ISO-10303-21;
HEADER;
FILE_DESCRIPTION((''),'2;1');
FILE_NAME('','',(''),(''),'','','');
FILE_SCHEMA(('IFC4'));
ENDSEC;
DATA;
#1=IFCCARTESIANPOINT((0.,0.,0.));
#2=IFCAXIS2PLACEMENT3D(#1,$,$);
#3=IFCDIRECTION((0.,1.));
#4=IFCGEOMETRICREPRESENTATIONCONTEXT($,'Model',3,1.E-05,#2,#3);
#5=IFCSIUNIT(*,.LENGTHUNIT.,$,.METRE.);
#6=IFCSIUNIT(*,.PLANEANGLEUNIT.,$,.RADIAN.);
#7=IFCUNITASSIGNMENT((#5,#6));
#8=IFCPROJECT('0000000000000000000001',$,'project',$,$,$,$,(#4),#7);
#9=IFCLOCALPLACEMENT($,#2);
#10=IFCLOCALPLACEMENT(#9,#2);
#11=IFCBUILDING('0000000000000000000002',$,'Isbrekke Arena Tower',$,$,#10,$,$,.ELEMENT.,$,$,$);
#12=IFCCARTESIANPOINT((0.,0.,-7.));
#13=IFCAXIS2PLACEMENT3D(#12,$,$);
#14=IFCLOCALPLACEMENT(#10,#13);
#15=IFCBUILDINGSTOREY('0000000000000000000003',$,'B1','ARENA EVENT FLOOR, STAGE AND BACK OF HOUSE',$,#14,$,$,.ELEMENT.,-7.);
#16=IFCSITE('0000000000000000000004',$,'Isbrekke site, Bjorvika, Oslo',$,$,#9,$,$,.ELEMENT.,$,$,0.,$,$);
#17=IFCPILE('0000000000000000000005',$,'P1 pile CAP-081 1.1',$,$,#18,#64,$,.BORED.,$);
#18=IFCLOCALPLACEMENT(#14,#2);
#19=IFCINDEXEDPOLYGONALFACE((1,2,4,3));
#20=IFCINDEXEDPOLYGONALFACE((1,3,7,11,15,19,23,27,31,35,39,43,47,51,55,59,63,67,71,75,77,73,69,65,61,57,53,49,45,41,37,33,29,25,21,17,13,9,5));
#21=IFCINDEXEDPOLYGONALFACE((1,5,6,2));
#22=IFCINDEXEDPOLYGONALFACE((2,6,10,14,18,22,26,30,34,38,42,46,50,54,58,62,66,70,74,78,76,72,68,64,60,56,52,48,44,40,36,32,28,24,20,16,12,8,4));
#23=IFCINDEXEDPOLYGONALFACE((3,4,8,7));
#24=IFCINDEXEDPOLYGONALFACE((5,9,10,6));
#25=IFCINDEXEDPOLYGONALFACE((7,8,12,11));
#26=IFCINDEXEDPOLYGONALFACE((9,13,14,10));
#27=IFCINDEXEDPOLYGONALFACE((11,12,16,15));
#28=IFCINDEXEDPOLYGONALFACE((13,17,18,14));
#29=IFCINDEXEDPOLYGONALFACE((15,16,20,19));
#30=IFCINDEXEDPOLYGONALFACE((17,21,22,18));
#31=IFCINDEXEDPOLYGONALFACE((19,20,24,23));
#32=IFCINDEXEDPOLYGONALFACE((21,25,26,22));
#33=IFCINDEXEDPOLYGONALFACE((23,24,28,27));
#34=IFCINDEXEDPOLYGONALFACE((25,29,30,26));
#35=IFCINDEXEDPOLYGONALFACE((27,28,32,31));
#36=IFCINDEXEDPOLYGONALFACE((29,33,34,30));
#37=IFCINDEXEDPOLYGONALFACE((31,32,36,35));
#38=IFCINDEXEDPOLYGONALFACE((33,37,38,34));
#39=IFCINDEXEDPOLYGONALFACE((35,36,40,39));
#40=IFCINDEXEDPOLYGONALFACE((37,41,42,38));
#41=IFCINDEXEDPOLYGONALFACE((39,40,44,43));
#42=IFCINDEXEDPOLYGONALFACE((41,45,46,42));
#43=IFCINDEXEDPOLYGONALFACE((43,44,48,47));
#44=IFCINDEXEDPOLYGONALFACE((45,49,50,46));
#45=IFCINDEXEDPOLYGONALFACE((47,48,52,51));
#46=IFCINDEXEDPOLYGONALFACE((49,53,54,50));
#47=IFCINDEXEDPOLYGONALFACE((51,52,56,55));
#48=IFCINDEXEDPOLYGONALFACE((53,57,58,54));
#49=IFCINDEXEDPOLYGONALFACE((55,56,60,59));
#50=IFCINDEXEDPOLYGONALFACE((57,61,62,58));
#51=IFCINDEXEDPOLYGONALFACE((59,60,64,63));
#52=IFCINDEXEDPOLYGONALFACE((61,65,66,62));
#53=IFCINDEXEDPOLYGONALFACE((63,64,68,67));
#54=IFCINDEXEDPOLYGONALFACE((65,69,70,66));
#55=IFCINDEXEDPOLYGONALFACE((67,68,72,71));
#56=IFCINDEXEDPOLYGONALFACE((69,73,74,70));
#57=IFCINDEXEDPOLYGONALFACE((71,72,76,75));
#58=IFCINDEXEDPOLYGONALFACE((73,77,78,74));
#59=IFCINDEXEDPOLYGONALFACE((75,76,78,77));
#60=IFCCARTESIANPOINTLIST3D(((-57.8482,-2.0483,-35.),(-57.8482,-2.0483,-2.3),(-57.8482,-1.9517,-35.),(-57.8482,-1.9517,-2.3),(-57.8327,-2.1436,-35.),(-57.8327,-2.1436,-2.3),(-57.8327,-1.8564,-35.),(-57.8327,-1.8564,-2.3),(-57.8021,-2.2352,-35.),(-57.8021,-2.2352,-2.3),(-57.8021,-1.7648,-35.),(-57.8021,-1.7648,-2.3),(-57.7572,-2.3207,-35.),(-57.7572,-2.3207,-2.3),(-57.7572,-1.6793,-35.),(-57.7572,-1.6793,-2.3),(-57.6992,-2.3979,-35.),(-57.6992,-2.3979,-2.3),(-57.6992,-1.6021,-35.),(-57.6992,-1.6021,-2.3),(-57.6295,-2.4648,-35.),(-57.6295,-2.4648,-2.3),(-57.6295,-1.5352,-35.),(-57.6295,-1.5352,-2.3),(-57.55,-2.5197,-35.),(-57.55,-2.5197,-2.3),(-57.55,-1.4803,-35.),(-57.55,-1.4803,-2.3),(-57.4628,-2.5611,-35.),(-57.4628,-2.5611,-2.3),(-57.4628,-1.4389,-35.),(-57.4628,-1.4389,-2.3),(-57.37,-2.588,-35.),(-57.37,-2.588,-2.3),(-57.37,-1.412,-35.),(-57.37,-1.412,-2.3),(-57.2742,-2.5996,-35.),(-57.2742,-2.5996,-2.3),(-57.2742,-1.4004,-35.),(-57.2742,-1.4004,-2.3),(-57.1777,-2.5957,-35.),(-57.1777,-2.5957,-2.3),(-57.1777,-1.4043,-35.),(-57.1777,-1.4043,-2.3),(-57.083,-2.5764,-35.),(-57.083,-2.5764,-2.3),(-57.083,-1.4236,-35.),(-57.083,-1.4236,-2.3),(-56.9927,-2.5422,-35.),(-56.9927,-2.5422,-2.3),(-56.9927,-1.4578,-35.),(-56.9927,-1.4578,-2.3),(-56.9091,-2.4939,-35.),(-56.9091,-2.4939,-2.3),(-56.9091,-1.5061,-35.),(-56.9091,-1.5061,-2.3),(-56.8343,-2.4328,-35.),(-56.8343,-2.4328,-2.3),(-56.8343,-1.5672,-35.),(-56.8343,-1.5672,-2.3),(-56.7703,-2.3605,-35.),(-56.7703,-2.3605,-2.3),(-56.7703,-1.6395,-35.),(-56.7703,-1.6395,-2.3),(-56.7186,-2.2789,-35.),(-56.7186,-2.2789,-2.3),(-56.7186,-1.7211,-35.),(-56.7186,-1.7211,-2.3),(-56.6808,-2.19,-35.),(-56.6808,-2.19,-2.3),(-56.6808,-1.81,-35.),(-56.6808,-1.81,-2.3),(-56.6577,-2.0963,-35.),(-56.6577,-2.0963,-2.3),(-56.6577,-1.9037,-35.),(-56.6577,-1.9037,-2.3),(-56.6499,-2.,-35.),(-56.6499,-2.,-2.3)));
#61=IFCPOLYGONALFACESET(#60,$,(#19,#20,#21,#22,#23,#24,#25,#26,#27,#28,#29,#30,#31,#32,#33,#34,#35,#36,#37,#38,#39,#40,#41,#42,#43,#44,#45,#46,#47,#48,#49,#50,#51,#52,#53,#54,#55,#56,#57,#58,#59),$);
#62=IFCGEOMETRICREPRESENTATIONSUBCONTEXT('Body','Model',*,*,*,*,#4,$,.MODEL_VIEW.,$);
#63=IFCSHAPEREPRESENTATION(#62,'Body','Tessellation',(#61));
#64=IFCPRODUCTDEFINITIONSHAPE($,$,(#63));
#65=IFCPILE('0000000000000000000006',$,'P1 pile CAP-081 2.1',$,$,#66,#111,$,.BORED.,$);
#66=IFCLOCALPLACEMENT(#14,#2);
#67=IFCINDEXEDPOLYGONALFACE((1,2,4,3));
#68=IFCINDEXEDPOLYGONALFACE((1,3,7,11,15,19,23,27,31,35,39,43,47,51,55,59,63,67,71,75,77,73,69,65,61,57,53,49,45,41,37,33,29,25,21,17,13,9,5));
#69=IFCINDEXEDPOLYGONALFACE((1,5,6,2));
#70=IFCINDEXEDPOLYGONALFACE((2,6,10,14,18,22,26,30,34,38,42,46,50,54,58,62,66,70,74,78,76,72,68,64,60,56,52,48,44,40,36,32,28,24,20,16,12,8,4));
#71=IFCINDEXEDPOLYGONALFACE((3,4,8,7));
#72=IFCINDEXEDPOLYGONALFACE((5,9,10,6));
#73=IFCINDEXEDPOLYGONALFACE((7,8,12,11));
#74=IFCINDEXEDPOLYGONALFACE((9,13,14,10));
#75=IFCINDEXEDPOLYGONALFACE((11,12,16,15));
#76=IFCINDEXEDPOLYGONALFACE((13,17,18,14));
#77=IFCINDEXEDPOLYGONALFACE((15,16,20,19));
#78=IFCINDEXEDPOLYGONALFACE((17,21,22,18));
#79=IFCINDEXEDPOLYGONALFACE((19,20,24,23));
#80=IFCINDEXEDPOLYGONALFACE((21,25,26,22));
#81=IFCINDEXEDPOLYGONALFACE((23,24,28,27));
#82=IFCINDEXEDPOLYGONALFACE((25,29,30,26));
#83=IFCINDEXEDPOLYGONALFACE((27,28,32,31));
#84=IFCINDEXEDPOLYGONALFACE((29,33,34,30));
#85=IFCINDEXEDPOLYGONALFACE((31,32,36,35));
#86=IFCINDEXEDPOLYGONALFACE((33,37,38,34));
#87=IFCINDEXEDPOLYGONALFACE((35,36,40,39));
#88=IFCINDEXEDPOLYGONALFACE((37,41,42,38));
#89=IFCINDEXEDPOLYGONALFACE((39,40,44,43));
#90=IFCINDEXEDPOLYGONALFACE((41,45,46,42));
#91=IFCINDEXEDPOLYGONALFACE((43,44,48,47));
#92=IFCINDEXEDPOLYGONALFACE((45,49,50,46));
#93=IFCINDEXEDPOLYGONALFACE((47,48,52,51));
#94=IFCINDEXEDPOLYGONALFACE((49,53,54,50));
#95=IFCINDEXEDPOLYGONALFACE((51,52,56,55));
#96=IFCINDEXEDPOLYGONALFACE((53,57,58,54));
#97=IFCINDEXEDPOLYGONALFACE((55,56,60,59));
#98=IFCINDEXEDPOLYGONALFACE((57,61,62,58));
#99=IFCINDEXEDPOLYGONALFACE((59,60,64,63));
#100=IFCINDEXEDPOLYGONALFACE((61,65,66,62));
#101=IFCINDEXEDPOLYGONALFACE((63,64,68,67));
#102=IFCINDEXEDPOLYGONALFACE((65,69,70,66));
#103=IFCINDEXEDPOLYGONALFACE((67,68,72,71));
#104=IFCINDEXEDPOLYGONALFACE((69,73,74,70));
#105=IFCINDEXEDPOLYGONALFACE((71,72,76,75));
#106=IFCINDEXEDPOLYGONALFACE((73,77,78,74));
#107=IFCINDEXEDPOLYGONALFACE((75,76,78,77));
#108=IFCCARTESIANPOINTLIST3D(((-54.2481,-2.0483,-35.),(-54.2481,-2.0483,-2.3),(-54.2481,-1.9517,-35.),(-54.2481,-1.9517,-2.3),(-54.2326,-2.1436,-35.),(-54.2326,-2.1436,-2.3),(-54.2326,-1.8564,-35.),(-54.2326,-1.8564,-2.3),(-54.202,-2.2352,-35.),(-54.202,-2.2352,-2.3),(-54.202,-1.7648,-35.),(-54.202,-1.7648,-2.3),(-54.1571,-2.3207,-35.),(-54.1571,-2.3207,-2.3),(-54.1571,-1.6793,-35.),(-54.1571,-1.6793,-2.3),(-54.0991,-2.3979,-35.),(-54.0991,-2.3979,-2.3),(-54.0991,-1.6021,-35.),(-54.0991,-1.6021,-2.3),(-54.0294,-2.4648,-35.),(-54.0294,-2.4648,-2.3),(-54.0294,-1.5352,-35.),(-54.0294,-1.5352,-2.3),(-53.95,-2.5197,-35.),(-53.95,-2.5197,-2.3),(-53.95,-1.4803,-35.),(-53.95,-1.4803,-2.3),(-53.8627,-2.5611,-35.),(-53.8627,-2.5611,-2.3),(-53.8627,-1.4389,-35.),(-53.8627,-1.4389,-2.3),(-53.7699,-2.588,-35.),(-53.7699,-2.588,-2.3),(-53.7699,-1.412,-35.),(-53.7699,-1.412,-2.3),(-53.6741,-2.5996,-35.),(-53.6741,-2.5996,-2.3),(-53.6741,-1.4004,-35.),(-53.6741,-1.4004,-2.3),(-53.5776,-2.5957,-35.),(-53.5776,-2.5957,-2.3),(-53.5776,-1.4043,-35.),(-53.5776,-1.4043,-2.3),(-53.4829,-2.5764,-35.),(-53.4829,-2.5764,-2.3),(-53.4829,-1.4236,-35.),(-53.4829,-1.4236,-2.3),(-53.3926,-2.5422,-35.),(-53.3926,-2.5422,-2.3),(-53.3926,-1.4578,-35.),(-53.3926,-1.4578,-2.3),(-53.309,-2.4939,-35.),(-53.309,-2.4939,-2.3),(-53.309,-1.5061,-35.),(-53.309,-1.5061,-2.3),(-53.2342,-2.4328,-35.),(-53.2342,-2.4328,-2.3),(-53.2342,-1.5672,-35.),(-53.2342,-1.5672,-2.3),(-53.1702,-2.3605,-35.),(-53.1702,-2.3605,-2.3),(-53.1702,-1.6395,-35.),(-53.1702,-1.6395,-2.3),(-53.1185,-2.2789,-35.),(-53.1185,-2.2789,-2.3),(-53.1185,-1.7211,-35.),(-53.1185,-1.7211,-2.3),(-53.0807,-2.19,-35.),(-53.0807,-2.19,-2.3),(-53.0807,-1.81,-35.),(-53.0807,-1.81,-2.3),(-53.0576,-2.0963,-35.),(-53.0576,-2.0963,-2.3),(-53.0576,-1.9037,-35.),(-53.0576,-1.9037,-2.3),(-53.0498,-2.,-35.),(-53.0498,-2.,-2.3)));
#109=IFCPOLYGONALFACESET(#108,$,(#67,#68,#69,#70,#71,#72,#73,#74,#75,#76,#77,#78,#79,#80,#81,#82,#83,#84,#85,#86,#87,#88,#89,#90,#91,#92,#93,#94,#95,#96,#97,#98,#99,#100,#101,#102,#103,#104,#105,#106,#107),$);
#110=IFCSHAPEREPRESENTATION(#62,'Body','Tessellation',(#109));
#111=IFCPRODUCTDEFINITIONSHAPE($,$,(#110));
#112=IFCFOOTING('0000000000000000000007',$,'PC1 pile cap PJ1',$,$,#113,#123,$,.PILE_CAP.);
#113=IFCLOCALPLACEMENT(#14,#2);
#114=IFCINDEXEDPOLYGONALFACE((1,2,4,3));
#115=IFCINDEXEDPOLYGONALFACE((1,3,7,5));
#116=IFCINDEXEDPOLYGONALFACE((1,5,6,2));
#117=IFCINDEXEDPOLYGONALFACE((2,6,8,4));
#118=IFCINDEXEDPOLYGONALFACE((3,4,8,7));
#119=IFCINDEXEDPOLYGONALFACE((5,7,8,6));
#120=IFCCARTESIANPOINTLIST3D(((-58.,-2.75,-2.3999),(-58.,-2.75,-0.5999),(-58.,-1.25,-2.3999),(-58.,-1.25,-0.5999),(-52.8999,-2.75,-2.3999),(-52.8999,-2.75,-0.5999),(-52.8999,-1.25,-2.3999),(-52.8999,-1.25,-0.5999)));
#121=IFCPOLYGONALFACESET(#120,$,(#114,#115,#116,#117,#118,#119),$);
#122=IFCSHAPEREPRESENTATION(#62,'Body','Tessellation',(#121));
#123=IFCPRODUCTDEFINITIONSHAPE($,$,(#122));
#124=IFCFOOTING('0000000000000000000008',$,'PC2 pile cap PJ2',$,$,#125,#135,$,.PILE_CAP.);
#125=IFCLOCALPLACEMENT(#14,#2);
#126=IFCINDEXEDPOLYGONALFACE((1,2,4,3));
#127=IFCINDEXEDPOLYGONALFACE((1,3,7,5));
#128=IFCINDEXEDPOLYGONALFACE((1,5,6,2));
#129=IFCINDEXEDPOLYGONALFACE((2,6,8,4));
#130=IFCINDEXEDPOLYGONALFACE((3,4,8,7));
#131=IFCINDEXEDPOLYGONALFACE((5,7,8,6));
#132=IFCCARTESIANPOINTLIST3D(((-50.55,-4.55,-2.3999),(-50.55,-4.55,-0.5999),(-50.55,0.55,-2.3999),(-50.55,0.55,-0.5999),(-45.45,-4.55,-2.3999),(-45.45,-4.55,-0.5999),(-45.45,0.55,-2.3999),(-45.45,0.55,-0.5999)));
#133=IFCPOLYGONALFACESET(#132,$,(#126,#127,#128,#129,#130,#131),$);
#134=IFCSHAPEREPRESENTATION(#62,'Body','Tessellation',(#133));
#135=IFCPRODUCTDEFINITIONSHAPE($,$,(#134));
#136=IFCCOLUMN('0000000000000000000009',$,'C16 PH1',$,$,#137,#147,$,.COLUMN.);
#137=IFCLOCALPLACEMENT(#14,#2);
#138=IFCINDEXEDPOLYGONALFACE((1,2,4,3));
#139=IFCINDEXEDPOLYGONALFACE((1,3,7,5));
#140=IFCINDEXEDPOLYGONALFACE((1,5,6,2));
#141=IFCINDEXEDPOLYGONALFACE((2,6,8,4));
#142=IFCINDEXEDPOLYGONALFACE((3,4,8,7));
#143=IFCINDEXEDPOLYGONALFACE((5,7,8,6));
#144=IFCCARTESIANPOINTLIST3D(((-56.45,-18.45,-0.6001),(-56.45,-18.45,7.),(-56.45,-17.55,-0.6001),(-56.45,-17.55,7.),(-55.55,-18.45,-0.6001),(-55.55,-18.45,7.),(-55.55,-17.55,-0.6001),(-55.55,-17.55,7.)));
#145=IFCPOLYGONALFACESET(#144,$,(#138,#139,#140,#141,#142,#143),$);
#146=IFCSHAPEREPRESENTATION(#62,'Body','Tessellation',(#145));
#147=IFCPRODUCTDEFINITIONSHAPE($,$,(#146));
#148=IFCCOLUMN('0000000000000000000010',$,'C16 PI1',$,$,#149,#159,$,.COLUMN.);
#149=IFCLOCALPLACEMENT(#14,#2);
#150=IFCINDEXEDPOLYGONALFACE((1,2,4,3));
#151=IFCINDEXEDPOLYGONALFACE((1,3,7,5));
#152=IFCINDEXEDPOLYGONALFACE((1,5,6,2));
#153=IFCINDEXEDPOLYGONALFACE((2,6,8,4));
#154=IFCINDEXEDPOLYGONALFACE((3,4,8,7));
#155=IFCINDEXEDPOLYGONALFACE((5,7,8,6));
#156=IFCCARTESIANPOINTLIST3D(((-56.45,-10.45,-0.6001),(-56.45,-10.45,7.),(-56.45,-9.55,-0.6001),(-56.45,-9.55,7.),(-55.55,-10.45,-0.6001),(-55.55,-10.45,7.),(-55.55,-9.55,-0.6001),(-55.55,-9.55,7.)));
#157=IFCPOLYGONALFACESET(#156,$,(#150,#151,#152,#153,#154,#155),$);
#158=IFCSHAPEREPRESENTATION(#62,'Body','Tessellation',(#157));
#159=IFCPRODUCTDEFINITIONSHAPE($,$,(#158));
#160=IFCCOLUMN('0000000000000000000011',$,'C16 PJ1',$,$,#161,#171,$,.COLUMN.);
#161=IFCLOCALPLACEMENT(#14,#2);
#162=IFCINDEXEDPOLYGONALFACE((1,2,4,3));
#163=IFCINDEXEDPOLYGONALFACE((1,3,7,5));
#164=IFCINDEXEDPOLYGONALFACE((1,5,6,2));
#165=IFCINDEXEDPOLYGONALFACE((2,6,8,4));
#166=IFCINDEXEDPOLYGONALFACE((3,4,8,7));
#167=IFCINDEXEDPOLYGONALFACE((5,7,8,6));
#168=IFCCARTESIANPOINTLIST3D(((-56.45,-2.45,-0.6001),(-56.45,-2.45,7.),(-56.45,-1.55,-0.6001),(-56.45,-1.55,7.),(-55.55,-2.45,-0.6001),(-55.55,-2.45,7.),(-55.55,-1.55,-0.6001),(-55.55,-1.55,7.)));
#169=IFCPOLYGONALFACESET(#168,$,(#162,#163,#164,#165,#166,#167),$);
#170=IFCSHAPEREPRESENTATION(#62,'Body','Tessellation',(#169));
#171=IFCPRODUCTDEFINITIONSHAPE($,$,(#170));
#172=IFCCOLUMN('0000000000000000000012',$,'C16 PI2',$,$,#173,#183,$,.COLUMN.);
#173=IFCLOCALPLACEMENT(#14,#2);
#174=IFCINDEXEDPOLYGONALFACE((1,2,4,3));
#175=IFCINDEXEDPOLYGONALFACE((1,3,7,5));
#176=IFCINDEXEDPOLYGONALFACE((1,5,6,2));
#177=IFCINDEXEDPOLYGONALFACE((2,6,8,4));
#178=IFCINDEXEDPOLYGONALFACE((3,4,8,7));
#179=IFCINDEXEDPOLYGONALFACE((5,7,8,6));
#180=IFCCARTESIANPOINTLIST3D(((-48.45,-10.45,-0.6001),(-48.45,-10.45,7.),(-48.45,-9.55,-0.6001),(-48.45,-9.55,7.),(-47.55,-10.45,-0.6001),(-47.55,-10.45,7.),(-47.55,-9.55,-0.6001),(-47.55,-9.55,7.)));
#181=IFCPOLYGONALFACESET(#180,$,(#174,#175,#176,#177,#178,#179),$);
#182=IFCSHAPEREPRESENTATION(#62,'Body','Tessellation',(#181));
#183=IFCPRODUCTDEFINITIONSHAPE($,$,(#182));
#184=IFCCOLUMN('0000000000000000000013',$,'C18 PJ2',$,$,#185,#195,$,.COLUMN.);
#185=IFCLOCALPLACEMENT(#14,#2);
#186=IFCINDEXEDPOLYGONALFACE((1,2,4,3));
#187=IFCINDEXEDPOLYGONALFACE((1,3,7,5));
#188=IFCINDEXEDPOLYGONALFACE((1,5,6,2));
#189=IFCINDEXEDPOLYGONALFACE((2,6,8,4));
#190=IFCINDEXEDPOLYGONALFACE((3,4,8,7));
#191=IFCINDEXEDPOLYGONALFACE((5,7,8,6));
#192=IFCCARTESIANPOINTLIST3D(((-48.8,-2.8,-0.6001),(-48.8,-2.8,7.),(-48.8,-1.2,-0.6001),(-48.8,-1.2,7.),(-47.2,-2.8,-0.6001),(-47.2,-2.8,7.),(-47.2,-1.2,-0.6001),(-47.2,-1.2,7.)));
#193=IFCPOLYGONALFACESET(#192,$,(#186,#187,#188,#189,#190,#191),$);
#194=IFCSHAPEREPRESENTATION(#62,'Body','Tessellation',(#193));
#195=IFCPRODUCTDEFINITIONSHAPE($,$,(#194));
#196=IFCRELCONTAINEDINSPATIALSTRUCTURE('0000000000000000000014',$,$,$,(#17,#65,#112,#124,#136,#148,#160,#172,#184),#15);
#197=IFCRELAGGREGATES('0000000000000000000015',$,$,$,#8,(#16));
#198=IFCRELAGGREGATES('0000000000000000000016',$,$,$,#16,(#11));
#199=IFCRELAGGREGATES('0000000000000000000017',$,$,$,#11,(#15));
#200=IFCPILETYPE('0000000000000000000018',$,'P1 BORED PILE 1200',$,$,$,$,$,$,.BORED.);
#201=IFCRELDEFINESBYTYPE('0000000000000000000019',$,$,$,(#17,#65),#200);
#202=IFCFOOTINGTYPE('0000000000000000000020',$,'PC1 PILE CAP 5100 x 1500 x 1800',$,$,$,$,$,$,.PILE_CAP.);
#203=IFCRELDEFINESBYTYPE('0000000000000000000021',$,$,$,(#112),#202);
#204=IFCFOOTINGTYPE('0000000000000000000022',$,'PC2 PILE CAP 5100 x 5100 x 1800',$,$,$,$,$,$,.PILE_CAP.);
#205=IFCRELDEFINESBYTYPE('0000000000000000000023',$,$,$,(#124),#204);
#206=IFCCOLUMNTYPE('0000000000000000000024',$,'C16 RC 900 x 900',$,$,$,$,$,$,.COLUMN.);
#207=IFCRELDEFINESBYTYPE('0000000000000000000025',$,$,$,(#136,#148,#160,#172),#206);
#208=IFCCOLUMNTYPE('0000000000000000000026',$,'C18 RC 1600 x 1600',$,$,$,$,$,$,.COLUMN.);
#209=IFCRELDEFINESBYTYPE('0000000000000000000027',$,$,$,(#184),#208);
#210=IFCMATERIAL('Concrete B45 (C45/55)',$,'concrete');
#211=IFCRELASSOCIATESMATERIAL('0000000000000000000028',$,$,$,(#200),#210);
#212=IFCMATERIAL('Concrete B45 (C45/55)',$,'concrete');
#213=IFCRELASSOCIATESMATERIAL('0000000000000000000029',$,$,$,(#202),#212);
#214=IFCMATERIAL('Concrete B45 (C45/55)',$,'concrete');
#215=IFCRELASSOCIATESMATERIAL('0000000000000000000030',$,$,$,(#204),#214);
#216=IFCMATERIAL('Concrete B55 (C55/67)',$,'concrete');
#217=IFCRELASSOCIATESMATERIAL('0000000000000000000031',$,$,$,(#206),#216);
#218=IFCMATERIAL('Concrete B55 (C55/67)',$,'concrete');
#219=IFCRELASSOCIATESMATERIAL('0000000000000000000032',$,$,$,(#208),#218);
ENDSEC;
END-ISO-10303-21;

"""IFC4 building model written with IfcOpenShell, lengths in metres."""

from ifc_helpers import new_model, si_unit, direction, frame, origin, origin_2d, place, context, subcontext, project, spatial, rectangle, circle, extrude, material, material_profile, profile_set, type_object, element, save


model = new_model("IFC4")

# Units and contexts
model_context = context("Model", 3, precision=1e-05, world=origin(), true_north=direction((0.0, 1.0)))
body_context = subcontext(model_context, "Body", "Model", "MODEL_VIEW")
ifc_project = project(units=[si_unit("LENGTHUNIT", "METRE"), si_unit("PLANEANGLEUNIT", "RADIAN")], contexts=[model_context])

# Site, building, storey
site_placement = place(None, origin())
site = spatial("IfcSite", under=ifc_project, at=site_placement, Name="Isbrekke site, Bjorvika, Oslo", CompositionType="ELEMENT", RefElevation=0.0)
building_placement = place(site_placement, origin())
building = spatial("IfcBuilding", under=site, at=building_placement, Name="Isbrekke Arena Tower", CompositionType="ELEMENT")
storey_placement = place(building_placement, frame((0.0, 0.0, -7.0)))
storey = spatial("IfcBuildingStorey", under=building, at=storey_placement, Name="B1", Description="ARENA EVENT FLOOR, STAGE AND BACK OF HOUSE", CompositionType="ELEMENT", Elevation=-7.0)

# Piles
ifc_material_1 = material(Name="Concrete B45 (C45/55)", Category="concrete")
ifc_material_profile_1 = material_profile(ifc_material_1, circle(Radius=0.6001, at=origin_2d()), Name="BORED PILE D1200")
ifc_profile_set_1 = profile_set([ifc_material_profile_1], Name="Concrete B45 (C45/55)")
pile_type = type_object("IfcPileType", Name="P1 BORED PILE 1200", PredefinedType="BORED", material=ifc_profile_set_1)
for number, where, z_axis, x_axis, name in (
    (1, (-57.25, -2.0, -2.3), (0.0, 0.0, -1.0), (1.0, 0.0, 0.0), "P1 pile CAP-081 1.1"),
    (2, (-53.6499, -2.0, -2.3), (0.0, 0.0, -1.0), (1.0, 0.0, 0.0), "P1 pile CAP-081 2.1"),
):
    element("IfcPile", number, at=place(storey_placement, frame(where, z_axis=z_axis, x_axis=x_axis)), inside=storey, type_object=pile_type, Name=name, PredefinedType="BORED", context=body_context, shape_type="SweptSolid", body=[
        extrude(circle(Radius=0.6001, at=origin_2d()), origin(), (0.0, 0.0, 1.0), 32.7),
    ])

# Footings
ifc_material_2 = material(Name="Concrete B45 (C45/55)", Category="concrete")
footing_type_1 = type_object("IfcFootingType", Name="PC1 PILE CAP 5100 x 1500 x 1800", PredefinedType="PILE_CAP", material=ifc_material_2)
footing_1_placement = place(storey_placement, frame((-55.45, -2.0, -2.3999), z_axis=(0.0, 0.0, 1.0), x_axis=(1.0, 0.0, 0.0)))
element("IfcFooting", 3, at=footing_1_placement, inside=storey, type_object=footing_type_1, Name="PC1 pile cap PJ1", PredefinedType="PILE_CAP", context=body_context, shape_type="SweptSolid", body=[
    extrude(rectangle(XDim=5.1001, YDim=1.5, at=origin_2d()), origin(), (0.0, 0.0, 1.0), 1.8),
])
ifc_material_3 = material(Name="Concrete B45 (C45/55)", Category="concrete")
footing_type_2 = type_object("IfcFootingType", Name="PC2 PILE CAP 5100 x 5100 x 1800", PredefinedType="PILE_CAP", material=ifc_material_3)
footing_2_placement = place(storey_placement, frame((-48.0, -2.0, -2.3999), z_axis=(0.0, 0.0, 1.0), x_axis=(1.0, 0.0, 0.0)))
element("IfcFooting", 4, at=footing_2_placement, inside=storey, type_object=footing_type_2, Name="PC2 pile cap PJ2", PredefinedType="PILE_CAP", context=body_context, shape_type="SweptSolid", body=[
    extrude(rectangle(XDim=5.1001, YDim=5.1001, at=origin_2d()), origin(), (0.0, 0.0, 1.0), 1.8),
])

# Columns
ifc_material_4 = material(Name="Concrete B55 (C55/67)", Category="concrete")
ifc_material_profile_2 = material_profile(ifc_material_4, rectangle(XDim=0.8999, YDim=0.8999, at=origin_2d()), Name="RC 900x900")
ifc_profile_set_2 = profile_set([ifc_material_profile_2], Name="Concrete B55 (C55/67)")
column_type_1 = type_object("IfcColumnType", Name="C16 RC 900 x 900", PredefinedType="COLUMN", material=ifc_profile_set_2)
for number, where, z_axis, x_axis, name in (
    (5, (-56.0, -18.0, -0.6001), (0.0, 0.0, 1.0), (1.0, 0.0, 0.0), "C16 PH1"),
    (6, (-56.0, -10.0, -0.6001), (0.0, 0.0, 1.0), (1.0, 0.0, 0.0), "C16 PI1"),
    (7, (-56.0, -2.0, -0.6001), (0.0, 0.0, 1.0), (1.0, 0.0, 0.0), "C16 PJ1"),
    (8, (-48.0, -10.0, -0.6001), (0.0, 0.0, 1.0), (1.0, 0.0, 0.0), "C16 PI2"),
):
    element("IfcColumn", number, at=place(storey_placement, frame(where, z_axis=z_axis, x_axis=x_axis)), inside=storey, type_object=column_type_1, Name=name, PredefinedType="COLUMN", context=body_context, shape_type="SweptSolid", body=[
        extrude(rectangle(XDim=0.8999, YDim=0.8999, at=origin_2d()), origin(), (0.0, 0.0, 1.0), 7.6001),
    ])
ifc_material_5 = material(Name="Concrete B55 (C55/67)", Category="concrete")
ifc_material_profile_3 = material_profile(ifc_material_5, rectangle(XDim=1.6001, YDim=1.6001, at=origin_2d()), Name="RC 1600x1600")
ifc_profile_set_3 = profile_set([ifc_material_profile_3], Name="Concrete B55 (C55/67)")
column_type_2 = type_object("IfcColumnType", Name="C18 RC 1600 x 1600", PredefinedType="COLUMN", material=ifc_profile_set_3)
column_1_placement = place(storey_placement, frame((-48.0, -2.0, -0.6001), z_axis=(0.0, 0.0, 1.0), x_axis=(1.0, 0.0, 0.0)))
element("IfcColumn", 9, at=column_1_placement, inside=storey, type_object=column_type_2, Name="C18 PJ2", PredefinedType="COLUMN", context=body_context, shape_type="SweptSolid", body=[
    extrude(rectangle(XDim=1.6001, YDim=1.6001, at=origin_2d()), origin(), (0.0, 0.0, 1.0), 7.6001),
])

save(model, "model.ifc")
